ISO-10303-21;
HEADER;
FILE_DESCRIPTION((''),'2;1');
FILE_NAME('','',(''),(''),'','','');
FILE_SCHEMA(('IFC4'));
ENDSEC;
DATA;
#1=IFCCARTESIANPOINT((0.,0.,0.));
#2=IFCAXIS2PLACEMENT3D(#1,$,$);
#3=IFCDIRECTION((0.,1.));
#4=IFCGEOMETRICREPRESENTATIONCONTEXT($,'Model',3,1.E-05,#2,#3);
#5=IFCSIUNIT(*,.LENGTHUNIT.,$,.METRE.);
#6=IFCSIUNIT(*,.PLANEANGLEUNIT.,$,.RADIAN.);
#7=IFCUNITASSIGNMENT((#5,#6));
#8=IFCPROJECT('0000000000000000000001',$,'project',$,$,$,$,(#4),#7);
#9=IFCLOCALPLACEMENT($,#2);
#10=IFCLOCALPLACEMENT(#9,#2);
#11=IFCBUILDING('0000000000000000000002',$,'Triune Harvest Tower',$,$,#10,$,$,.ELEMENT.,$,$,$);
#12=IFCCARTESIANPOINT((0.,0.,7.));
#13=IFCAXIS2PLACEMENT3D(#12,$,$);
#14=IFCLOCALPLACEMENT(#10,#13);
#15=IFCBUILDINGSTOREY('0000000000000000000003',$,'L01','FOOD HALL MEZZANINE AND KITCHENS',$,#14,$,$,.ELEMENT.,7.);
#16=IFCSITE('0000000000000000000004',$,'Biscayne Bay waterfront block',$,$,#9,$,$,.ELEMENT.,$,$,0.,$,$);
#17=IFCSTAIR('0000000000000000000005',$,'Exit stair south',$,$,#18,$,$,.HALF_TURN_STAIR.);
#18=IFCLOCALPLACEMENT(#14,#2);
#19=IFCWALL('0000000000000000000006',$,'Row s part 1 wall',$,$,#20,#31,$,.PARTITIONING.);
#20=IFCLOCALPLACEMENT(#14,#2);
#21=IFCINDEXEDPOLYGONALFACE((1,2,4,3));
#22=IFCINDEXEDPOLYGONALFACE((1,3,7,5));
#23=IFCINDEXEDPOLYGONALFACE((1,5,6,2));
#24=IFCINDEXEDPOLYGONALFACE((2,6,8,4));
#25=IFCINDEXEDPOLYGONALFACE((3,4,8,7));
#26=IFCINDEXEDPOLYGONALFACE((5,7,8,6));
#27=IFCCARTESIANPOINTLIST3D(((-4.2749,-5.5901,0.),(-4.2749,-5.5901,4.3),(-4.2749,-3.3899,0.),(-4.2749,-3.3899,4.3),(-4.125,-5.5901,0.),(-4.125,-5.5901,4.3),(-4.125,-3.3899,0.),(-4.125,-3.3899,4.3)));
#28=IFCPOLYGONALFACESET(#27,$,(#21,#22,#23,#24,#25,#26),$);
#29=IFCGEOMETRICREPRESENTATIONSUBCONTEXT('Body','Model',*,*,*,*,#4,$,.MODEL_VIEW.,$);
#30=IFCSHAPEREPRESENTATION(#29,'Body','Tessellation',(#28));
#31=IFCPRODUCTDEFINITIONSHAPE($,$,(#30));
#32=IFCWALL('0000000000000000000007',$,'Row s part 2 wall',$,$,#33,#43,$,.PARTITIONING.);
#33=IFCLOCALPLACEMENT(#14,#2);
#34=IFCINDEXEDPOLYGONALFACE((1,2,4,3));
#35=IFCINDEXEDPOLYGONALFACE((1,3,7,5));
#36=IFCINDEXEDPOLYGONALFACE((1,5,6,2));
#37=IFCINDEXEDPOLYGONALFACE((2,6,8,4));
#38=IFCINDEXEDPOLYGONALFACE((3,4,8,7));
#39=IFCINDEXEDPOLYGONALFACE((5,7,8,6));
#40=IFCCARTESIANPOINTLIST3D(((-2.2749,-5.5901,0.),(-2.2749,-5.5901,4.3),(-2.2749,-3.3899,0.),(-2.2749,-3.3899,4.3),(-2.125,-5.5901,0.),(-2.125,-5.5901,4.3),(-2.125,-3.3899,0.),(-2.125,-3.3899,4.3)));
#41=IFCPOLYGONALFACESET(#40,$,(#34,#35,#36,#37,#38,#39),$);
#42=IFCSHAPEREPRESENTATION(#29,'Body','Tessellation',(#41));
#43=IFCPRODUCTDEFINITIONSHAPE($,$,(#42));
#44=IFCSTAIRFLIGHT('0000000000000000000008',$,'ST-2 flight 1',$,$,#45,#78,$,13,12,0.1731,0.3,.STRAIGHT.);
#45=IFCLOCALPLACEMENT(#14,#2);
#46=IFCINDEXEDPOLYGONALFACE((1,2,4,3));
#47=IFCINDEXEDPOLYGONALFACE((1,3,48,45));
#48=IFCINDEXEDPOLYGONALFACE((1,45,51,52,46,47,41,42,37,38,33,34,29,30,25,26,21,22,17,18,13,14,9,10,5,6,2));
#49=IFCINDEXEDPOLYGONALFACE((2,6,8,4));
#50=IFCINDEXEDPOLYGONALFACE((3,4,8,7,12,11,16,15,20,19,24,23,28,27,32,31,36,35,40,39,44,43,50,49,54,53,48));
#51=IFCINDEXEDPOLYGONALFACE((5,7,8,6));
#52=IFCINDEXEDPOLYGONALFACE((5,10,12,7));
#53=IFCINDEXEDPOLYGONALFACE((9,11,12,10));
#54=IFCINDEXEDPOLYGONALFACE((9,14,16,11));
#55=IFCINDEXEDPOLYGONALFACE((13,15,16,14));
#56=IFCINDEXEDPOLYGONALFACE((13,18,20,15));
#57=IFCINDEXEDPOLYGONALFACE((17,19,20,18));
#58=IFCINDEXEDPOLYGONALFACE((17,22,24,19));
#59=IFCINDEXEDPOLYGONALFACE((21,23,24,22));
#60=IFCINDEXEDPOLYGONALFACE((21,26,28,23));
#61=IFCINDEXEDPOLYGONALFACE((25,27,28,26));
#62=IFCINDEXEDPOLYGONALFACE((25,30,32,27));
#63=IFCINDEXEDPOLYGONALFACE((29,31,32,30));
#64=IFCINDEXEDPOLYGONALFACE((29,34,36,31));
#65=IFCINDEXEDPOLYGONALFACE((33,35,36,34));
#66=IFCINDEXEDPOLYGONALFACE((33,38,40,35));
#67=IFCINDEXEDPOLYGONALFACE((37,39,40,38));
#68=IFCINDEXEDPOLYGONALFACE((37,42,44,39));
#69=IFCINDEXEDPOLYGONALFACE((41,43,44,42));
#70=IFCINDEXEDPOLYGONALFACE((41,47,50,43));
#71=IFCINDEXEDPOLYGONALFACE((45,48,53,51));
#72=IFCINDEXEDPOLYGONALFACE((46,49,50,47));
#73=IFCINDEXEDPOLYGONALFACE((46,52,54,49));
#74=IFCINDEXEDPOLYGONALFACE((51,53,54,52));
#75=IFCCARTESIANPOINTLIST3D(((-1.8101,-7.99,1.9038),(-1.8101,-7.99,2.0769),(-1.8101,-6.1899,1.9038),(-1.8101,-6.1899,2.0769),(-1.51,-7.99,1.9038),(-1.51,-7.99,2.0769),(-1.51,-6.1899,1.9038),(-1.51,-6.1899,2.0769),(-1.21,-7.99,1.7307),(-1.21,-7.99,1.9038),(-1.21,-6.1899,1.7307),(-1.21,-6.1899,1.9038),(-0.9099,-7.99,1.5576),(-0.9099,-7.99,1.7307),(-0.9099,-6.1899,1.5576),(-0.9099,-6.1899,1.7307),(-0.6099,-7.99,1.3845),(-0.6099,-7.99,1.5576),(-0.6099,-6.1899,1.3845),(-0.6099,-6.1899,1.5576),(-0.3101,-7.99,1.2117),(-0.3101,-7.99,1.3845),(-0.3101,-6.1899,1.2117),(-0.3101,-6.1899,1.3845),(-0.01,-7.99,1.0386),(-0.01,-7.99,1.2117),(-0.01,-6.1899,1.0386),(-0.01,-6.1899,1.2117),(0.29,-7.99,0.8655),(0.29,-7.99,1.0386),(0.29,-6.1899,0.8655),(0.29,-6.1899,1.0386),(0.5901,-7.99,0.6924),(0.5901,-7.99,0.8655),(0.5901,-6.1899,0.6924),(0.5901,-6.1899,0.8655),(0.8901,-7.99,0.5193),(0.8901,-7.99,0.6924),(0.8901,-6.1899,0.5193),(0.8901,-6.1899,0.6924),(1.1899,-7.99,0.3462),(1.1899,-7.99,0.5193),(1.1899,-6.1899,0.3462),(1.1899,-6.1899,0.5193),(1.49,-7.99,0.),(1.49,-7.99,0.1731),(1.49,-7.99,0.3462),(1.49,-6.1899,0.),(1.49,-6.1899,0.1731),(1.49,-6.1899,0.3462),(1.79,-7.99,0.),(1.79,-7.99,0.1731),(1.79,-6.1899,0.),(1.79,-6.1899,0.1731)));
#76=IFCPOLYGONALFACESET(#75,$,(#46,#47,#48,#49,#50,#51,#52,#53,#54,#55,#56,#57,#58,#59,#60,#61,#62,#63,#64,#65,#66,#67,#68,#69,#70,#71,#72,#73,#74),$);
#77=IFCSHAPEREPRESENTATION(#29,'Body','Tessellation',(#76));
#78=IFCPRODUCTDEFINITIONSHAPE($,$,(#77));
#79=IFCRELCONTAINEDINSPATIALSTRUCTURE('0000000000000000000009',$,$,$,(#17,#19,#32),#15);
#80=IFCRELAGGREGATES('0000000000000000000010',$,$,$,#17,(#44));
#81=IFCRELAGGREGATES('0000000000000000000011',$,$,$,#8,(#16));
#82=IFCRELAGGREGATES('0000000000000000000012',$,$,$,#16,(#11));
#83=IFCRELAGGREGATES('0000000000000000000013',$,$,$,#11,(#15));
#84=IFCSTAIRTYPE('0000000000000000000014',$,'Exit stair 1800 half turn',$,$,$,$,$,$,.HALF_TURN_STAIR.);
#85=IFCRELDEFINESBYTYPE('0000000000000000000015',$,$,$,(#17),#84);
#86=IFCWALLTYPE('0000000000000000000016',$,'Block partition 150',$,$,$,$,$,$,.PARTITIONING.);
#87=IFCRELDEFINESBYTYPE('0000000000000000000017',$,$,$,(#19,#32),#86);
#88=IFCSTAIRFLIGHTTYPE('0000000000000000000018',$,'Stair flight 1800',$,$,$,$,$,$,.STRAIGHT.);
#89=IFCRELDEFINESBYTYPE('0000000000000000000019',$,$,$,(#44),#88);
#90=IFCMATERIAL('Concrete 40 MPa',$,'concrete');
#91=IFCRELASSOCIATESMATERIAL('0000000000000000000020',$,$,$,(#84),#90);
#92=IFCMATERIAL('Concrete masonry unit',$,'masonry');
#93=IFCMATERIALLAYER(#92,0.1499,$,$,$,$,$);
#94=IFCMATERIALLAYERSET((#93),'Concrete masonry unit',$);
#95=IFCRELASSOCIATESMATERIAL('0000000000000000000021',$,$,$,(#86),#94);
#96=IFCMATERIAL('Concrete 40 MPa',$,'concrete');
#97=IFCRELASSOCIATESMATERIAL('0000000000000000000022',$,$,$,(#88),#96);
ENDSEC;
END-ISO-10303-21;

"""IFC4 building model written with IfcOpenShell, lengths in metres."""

from ifc_helpers import new_model, si_unit, direction, frame, frame_2d, origin, place, context, subcontext, project, spatial, polyline, rectangle, outline, extrude, source, transform, mapped, material, layer, layer_set, type_object, element, aggregate, save


model = new_model("IFC4")

# Units and contexts
model_context = context("Model", 3, precision=1e-05, world=origin(), true_north=direction((0.0, 1.0)))
body_context = subcontext(model_context, "Body", "Model", "MODEL_VIEW")
ifc_project = project(units=[si_unit("LENGTHUNIT", "METRE"), si_unit("PLANEANGLEUNIT", "RADIAN")], contexts=[model_context])

# Site, building, storey
site_placement = place(None, origin())
site = spatial("IfcSite", under=ifc_project, at=site_placement, Name="Biscayne Bay waterfront block", CompositionType="ELEMENT", RefElevation=0.0)
building_placement = place(site_placement, origin())
building = spatial("IfcBuilding", under=site, at=building_placement, Name="Triune Harvest Tower", CompositionType="ELEMENT")
storey_placement = place(building_placement, frame((0.0, 0.0, 7.0)))
storey = spatial("IfcBuildingStorey", under=building, at=storey_placement, Name="L01", Description="FOOD HALL MEZZANINE AND KITCHENS", CompositionType="ELEMENT", Elevation=7.0)

# Stair
ifc_material_1 = material(Name="Concrete 40 MPa", Category="concrete")
stair_type = type_object("IfcStairType", Name="Exit stair 1800 half turn", PredefinedType="HALF_TURN_STAIR", material=ifc_material_1)
stair_1_placement = place(storey_placement, origin())
stair_1 = element("IfcStair", 1, at=stair_1_placement, inside=storey, type_object=stair_type, Name="Exit stair south", PredefinedType="HALF_TURN_STAIR")

# Walls
ifc_material_2 = material(Name="Concrete masonry unit", Category="masonry")
ifc_layer_1 = layer(ifc_material_2, 0.1499)
ifc_layer_set_1 = layer_set([ifc_layer_1], Name="Concrete masonry unit")
wall_type_1 = type_object("IfcWallType", Name="Block partition 150", PredefinedType="PARTITIONING", material=ifc_layer_set_1)
shared_shape_1 = source(origin(), body_context, "Body", "SweptSolid", [
    extrude(rectangle(XDim=2.2002, YDim=0.1499, at=frame_2d((1.1001, 0.0))), origin(), (0.0, 0.0, 1.0), 4.3),
])
for number, where, z_axis, x_axis, name in (
    (2, (-4.2, -5.5901, 0.0), (0.0, 0.0, 1.0), (0.0, 1.0, 0.0), "Row s part 1 wall"),
    (3, (-2.2, -5.5901, 0.0), (0.0, 0.0, 1.0), (0.0, 1.0, 0.0), "Row s part 2 wall"),
):
    element("IfcWall", number, at=place(storey_placement, frame(where, z_axis=z_axis, x_axis=x_axis)), inside=storey, type_object=wall_type_1, Name=name, PredefinedType="PARTITIONING", context=body_context, shape_type="MappedRepresentation", body=[
        mapped(shared_shape_1, transform((0.0, 0.0, 0.0), scale=1.0)),
    ])

# Stair flight
ifc_material_3 = material(Name="Concrete 40 MPa", Category="concrete")
stair_flight_type = type_object("IfcStairFlightType", Name="Stair flight 1800", PredefinedType="STRAIGHT", material=ifc_material_3)
shared_shape_2 = source(origin(), body_context, "Body", "SweptSolid", [
    extrude(outline(polyline([(0.0, 0.0), (0.0, 0.1731), (0.3, 0.1731), (0.3, 0.3462), (0.6001, 0.3462), (0.6001, 0.5193), (0.8999, 0.5193), (0.8999, 0.6924), (1.2, 0.6924), (1.2, 0.8655), (1.5, 0.8655), (1.5, 1.0386), (1.8, 1.0386), (1.8, 1.2117), (2.1001, 1.2117), (2.1001, 1.3845), (2.3999, 1.3845), (2.3999, 1.5576), (2.7, 1.5576), (2.7, 1.7307), (3.0, 1.7307), (3.0, 1.9038), (3.3, 1.9038), (3.3, 2.0769), (3.6001, 2.0769), (3.6001, 2.25), (3.6001, 1.9038), (0.3, 0.0), (0.0, 0.0)])), frame((0.0, 0.8999, 0.0), z_axis=(0.0, -1.0, 0.0), x_axis=(1.0, 0.0, 0.0)), (0.0, 0.0, 1.0), 1.8),
])
stair_flight_placement = place(storey_placement, frame((1.79, -7.0901, 0.0), z_axis=(0.0, 0.0, 1.0), x_axis=(-1.0, 0.0, 0.0)))
stair_flight = element("IfcStairFlight", 4, at=stair_flight_placement, type_object=stair_flight_type, Name="ST-2 flight 1", NumberOfRisers=13, NumberOfTreads=12, PredefinedType="STRAIGHT", RiserHeight=0.1731, TreadLength=0.3, context=body_context, shape_type="MappedRepresentation", body=[
    mapped(shared_shape_2, transform((0.0, 0.0, 0.0), scale=1.0)),
])
aggregate(stair_1, [stair_flight])

save(model, "model.ifc")
